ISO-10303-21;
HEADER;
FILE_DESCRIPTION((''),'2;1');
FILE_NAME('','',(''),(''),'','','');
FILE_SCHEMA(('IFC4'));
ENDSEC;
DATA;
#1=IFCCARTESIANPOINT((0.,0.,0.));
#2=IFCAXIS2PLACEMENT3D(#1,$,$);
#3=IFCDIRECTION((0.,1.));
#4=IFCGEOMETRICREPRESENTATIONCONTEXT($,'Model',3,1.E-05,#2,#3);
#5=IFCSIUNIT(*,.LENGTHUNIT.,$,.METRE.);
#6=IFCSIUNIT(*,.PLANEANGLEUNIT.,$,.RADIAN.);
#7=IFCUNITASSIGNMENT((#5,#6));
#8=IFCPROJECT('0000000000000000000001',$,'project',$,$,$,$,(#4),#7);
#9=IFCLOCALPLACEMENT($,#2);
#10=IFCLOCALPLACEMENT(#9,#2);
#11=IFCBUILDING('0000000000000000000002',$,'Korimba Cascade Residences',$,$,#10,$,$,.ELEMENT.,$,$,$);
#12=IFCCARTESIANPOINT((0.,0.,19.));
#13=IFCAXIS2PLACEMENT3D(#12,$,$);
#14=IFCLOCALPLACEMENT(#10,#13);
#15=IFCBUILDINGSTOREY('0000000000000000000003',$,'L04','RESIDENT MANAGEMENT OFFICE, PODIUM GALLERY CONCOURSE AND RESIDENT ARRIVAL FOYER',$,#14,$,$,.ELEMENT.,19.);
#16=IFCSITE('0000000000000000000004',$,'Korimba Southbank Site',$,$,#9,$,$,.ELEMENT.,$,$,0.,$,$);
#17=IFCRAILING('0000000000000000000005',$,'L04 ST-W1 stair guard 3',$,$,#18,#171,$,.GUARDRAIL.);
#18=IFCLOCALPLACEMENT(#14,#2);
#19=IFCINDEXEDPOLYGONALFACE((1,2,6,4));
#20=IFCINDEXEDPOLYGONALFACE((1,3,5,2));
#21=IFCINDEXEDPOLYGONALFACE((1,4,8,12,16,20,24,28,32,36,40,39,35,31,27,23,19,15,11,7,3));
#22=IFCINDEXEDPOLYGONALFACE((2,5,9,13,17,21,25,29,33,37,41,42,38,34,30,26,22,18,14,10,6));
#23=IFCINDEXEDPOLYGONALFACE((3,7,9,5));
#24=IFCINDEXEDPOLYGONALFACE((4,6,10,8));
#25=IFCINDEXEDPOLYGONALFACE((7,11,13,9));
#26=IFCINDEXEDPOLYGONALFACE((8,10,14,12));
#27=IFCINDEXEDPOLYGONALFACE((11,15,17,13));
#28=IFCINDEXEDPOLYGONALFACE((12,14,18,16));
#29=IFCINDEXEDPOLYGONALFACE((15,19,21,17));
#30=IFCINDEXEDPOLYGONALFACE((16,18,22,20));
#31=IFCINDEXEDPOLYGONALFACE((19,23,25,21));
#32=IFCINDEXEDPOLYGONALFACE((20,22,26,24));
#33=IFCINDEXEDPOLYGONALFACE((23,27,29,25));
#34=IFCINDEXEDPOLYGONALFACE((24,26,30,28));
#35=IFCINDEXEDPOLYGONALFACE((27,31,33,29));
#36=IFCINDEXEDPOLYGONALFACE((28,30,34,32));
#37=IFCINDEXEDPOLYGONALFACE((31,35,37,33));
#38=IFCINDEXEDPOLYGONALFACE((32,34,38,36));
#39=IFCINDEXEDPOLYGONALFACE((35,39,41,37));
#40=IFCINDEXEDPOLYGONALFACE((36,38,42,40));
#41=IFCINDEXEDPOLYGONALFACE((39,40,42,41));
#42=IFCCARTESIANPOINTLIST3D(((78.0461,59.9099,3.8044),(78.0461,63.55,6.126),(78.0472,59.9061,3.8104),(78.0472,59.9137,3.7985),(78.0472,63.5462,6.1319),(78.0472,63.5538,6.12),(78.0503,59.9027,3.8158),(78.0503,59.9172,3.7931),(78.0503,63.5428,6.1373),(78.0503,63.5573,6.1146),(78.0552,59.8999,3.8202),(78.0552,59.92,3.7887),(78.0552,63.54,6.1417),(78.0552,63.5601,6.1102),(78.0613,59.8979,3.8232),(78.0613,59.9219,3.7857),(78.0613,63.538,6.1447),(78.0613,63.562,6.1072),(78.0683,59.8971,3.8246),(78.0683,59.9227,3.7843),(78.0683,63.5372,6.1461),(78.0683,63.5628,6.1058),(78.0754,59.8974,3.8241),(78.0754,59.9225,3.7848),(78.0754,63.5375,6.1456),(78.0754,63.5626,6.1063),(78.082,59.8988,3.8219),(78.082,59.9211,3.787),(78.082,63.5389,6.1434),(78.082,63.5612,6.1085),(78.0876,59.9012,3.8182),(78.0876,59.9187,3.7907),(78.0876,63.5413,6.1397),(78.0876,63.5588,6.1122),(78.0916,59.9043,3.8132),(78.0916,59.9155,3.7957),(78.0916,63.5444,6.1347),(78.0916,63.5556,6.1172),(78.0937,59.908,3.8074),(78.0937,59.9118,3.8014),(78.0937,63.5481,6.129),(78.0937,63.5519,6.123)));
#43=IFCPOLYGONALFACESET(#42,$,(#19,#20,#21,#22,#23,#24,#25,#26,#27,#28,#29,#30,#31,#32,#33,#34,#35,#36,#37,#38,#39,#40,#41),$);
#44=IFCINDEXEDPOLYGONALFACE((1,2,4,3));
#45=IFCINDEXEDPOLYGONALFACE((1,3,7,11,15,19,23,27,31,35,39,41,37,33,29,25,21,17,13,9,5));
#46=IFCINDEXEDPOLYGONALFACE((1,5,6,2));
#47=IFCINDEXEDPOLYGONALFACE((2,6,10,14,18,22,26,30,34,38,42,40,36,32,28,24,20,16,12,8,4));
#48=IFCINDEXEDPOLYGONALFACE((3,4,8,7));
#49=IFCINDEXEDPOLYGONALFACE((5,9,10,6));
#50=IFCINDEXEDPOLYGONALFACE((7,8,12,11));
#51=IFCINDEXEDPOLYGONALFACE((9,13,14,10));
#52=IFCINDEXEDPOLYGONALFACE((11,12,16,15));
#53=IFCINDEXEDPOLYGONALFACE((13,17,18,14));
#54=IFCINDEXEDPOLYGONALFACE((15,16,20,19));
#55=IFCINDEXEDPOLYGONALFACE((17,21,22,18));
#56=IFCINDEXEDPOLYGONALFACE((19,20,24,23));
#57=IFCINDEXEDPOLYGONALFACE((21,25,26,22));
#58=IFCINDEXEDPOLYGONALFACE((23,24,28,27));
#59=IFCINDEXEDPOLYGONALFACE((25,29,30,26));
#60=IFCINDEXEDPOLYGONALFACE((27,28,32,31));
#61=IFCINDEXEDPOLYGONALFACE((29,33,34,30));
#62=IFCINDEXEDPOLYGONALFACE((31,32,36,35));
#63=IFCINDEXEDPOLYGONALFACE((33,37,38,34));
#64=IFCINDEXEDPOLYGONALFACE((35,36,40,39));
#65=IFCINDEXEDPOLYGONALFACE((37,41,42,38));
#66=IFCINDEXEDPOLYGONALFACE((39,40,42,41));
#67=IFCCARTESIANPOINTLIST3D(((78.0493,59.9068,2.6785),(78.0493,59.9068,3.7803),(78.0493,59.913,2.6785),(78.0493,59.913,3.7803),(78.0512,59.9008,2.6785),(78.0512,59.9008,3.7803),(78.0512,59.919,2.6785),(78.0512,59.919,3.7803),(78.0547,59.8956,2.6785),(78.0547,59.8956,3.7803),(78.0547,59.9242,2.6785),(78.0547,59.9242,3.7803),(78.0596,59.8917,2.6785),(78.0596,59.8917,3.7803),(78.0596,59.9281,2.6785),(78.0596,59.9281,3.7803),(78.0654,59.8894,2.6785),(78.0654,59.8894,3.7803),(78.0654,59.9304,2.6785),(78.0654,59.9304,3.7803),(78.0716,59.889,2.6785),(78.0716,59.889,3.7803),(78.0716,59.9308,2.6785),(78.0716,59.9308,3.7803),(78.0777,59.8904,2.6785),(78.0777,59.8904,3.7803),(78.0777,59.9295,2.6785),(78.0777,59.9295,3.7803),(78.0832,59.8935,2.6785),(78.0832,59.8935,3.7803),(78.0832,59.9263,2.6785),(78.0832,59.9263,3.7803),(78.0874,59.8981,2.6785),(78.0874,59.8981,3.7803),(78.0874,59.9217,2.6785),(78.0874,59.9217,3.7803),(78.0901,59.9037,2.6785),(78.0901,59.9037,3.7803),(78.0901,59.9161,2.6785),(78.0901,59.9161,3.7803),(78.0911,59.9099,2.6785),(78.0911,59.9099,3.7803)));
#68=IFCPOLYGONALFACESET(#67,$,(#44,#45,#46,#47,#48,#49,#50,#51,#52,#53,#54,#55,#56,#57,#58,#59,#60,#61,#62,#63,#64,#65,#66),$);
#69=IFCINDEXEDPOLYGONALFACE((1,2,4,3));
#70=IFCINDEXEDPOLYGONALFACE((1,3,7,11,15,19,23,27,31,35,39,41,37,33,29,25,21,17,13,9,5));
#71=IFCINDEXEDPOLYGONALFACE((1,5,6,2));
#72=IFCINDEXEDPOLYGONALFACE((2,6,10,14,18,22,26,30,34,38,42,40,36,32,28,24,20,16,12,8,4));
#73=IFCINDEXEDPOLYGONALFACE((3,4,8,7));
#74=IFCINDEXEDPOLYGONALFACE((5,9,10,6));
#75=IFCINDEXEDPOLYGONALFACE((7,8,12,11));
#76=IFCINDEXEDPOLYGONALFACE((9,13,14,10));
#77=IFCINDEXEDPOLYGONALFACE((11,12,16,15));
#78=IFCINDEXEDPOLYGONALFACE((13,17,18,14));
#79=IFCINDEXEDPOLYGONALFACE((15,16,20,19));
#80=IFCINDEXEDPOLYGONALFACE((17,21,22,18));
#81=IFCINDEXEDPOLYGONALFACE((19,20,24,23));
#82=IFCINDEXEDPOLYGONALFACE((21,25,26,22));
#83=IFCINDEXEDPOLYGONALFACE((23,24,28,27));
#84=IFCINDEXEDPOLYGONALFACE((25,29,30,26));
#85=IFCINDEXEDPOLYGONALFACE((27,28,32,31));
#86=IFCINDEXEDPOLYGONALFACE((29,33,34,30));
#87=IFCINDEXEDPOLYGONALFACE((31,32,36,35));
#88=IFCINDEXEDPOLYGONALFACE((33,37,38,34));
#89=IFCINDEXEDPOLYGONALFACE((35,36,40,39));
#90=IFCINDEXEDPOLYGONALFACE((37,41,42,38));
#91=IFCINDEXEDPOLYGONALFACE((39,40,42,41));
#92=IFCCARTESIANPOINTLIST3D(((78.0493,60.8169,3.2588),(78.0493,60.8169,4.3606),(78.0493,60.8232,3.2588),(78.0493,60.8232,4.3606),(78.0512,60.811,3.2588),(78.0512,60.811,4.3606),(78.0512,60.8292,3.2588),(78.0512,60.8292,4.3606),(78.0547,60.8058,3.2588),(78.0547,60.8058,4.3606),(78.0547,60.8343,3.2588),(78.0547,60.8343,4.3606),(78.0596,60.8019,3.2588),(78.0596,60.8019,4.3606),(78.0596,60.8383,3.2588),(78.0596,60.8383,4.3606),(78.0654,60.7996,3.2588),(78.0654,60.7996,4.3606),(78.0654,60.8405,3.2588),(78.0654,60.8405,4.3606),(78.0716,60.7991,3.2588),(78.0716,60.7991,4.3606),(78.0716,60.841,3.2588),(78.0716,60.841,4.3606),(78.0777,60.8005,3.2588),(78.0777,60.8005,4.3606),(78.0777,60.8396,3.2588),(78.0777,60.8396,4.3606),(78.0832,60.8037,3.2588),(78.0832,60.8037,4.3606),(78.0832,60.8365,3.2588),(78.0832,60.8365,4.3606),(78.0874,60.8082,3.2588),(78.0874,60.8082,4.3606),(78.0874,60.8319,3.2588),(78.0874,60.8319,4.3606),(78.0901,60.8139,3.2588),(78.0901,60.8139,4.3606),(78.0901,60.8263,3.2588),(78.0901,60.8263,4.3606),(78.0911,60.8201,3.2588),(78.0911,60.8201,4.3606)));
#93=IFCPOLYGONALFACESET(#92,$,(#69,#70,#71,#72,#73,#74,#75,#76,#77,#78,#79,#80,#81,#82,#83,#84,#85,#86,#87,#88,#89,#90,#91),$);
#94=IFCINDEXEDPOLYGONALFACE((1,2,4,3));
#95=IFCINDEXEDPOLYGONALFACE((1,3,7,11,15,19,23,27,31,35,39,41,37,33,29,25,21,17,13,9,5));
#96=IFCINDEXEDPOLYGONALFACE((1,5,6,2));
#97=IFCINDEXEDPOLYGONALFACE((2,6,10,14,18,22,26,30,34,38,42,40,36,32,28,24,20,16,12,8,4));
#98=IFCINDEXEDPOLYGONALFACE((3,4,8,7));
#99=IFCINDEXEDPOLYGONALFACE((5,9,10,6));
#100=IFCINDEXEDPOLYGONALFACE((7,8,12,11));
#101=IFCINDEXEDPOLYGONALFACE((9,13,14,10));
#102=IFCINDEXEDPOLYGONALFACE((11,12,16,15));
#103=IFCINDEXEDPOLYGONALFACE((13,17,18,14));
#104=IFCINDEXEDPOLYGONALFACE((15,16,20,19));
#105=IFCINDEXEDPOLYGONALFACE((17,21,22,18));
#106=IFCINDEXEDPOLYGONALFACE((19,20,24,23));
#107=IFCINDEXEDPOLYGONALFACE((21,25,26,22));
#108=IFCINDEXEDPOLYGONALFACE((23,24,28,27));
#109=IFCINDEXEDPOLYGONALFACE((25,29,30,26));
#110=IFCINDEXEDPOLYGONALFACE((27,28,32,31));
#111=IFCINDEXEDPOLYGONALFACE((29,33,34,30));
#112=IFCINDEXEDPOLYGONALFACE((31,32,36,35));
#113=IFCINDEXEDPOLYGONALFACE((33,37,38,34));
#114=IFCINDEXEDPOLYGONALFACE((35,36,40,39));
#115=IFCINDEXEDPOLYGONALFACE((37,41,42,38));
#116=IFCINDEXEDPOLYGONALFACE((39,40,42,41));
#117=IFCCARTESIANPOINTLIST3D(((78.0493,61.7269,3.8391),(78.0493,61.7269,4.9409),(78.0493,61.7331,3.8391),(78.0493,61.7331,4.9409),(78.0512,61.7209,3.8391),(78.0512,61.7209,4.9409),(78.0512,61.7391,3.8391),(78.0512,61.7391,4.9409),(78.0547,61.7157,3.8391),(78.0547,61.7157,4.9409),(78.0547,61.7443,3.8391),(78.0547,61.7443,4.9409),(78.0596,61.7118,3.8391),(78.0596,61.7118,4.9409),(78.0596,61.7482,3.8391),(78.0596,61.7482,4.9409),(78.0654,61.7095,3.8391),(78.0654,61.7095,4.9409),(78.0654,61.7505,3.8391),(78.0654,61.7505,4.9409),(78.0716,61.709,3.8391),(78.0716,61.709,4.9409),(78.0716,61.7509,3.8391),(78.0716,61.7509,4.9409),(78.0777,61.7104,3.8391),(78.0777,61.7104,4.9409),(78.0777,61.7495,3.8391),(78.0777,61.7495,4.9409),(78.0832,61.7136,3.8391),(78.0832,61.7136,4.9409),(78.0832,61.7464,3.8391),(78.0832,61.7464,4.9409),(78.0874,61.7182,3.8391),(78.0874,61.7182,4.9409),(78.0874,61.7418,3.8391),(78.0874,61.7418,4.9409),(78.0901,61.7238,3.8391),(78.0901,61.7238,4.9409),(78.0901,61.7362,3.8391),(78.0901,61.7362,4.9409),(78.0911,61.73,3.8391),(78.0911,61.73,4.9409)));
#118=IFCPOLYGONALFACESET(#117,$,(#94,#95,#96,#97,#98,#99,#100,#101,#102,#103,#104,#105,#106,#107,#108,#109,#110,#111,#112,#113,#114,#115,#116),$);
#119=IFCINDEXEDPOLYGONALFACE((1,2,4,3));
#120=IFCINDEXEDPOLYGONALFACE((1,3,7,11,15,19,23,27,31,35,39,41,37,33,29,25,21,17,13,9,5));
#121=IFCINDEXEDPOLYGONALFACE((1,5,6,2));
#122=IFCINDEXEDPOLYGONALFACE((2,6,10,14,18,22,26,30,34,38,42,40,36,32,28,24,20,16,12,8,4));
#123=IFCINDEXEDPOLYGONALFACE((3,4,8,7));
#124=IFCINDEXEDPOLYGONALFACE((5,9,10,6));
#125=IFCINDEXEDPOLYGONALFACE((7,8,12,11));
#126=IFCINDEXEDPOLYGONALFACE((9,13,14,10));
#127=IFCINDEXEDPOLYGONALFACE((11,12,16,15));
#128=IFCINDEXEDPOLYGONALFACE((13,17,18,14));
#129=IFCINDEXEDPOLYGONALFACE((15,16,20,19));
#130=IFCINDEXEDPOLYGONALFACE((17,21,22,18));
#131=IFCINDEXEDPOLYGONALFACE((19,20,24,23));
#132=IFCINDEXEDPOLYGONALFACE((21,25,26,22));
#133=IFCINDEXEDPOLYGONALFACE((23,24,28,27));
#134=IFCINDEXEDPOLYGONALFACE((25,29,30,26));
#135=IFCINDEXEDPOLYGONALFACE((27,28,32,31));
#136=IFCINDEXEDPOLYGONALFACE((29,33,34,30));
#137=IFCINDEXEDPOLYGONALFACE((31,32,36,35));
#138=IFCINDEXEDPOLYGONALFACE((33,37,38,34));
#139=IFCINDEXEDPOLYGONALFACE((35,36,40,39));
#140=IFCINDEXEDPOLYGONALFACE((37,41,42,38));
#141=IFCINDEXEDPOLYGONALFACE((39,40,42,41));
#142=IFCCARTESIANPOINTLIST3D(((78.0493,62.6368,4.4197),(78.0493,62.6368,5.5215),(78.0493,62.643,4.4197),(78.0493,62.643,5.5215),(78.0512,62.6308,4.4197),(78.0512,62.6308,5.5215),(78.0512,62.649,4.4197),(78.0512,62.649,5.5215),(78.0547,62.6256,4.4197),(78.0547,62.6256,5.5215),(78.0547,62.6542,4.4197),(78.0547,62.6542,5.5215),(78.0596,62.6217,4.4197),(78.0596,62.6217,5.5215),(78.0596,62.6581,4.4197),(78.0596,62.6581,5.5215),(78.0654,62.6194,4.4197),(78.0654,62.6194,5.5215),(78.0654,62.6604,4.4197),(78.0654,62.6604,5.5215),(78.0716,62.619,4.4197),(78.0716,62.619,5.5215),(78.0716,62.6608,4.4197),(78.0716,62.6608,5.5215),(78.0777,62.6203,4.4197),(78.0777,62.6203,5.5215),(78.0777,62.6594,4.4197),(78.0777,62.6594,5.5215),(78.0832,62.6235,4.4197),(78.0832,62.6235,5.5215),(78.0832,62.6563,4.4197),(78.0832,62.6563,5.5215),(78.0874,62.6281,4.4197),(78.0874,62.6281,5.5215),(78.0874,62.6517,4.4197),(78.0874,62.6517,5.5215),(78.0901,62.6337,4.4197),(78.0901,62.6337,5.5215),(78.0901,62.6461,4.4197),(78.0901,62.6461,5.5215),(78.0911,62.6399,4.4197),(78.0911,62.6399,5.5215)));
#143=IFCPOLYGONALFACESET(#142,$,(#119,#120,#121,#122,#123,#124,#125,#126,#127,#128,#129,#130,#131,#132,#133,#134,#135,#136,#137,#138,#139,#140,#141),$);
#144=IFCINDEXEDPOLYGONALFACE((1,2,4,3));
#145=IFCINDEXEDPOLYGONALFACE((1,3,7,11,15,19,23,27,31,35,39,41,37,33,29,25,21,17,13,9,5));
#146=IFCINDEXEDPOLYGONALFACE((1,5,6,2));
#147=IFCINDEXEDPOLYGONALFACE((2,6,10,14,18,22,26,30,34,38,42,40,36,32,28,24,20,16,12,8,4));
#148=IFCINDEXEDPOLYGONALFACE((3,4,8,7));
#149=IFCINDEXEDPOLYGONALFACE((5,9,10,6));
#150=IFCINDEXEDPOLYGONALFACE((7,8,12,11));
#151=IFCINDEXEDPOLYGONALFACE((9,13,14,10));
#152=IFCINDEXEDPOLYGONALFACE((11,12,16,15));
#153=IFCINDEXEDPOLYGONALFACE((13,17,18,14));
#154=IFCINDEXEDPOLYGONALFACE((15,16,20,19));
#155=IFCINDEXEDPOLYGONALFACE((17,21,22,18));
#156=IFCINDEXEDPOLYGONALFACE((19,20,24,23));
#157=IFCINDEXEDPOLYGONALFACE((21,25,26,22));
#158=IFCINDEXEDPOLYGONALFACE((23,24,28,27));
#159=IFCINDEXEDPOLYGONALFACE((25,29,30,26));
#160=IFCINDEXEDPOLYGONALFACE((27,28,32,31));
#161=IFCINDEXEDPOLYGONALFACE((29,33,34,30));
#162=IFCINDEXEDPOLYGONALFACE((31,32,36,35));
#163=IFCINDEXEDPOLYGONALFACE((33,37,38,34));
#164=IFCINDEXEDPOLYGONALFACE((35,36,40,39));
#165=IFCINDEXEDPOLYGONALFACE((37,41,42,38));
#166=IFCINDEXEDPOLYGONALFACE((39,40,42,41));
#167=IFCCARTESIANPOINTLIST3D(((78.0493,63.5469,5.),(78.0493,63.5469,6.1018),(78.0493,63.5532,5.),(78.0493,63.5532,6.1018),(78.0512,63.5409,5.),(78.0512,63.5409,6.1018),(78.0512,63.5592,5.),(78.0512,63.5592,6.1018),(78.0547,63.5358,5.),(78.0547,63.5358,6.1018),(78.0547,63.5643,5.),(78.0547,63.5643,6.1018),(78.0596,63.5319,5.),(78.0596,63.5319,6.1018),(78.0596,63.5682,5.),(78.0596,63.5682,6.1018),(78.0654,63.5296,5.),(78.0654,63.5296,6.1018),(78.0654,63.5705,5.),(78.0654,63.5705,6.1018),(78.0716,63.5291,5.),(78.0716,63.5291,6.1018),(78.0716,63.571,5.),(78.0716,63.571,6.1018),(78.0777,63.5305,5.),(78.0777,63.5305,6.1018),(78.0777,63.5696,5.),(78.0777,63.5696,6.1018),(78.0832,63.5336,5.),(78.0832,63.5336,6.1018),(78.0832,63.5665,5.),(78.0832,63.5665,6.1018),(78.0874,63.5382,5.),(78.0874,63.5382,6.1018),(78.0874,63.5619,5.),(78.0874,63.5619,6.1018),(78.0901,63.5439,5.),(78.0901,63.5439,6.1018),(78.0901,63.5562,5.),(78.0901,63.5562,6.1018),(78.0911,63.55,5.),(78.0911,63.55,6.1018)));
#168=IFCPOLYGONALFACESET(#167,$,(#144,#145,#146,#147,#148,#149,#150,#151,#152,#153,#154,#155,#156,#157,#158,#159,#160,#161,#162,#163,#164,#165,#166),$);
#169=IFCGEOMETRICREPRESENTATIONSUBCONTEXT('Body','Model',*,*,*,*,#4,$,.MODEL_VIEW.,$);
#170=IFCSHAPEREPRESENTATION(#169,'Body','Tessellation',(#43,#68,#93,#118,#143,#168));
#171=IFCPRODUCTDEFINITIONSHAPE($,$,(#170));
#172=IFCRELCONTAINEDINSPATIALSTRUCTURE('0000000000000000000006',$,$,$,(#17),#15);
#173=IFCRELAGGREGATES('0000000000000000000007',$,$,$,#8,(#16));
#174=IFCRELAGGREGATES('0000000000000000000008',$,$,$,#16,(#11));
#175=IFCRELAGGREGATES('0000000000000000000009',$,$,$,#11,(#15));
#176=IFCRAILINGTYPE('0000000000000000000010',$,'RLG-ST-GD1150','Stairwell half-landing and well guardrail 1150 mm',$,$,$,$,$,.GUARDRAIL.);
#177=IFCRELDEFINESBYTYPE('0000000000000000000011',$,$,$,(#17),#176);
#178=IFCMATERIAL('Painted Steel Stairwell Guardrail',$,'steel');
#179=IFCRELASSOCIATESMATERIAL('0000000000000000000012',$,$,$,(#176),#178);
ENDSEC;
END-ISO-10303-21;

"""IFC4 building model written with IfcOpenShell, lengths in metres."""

from ifc_helpers import new_model, si_unit, direction, frame, origin, origin_2d, place, context, subcontext, project, spatial, circle, extrude, material, type_object, element, save


model = new_model("IFC4")

# Units and contexts
model_context = context("Model", 3, precision=1e-05, world=origin(), true_north=direction((0.0, 1.0)))
body_context = subcontext(model_context, "Body", "Model", "MODEL_VIEW")
ifc_project = project(units=[si_unit("LENGTHUNIT", "METRE"), si_unit("PLANEANGLEUNIT", "RADIAN")], contexts=[model_context])

# Site, building, storey
site_placement = place(None, origin())
site = spatial("IfcSite", under=ifc_project, at=site_placement, Name="Korimba Southbank Site", CompositionType="ELEMENT", RefElevation=0.0)
building_placement = place(site_placement, origin())
building = spatial("IfcBuilding", under=site, at=building_placement, Name="Korimba Cascade Residences", CompositionType="ELEMENT")
storey_placement = place(building_placement, frame((0.0, 0.0, 19.0)))
storey = spatial("IfcBuildingStorey", under=building, at=storey_placement, Name="L04", Description="RESIDENT MANAGEMENT OFFICE, PODIUM GALLERY CONCOURSE AND RESIDENT ARRIVAL FOYER", CompositionType="ELEMENT", Elevation=19.0)

# Railing
ifc_material_1 = material(Name="Painted Steel Stairwell Guardrail", Category="steel")
railing_type_1 = type_object("IfcRailingType", Name="RLG-ST-GD1150", Description="Stairwell half-landing and well guardrail 1150 mm", PredefinedType="GUARDRAIL", material=ifc_material_1)
railing_1_placement = place(storey_placement, frame((78.0701, 59.9099, 2.6785)))
element("IfcRailing", 1, at=railing_1_placement, inside=storey, type_object=railing_type_1, Name="L04 ST-W1 stair guard 3", PredefinedType="GUARDRAIL", context=body_context, shape_type="SweptSolid", body=[
    extrude(circle(Radius=0.0239, at=origin_2d()), frame((0.0, 0.0, 1.126), z_axis=(0.0, 0.843128, 0.537713), x_axis=(-1.0, 0.0, 0.0)), (0.0, 0.0, 1.0), 4.3174),
    extrude(circle(Radius=0.021, at=origin_2d()), origin(), (0.0, 0.0, 1.0), 1.1018),
    extrude(circle(Radius=0.021, at=origin_2d()), frame((0.0, 0.9102, 0.5803)), (0.0, 0.0, 1.0), 1.1018),
    extrude(circle(Radius=0.021, at=origin_2d()), frame((0.0, 1.8201, 1.1606)), (0.0, 0.0, 1.0), 1.1018),
    extrude(circle(Radius=0.021, at=origin_2d()), frame((0.0, 2.73, 1.7412)), (0.0, 0.0, 1.0), 1.1018),
    extrude(circle(Radius=0.021, at=origin_2d()), frame((0.0, 3.6401, 2.3215)), (0.0, 0.0, 1.0), 1.1018),
])

save(model, "model.ifc")
